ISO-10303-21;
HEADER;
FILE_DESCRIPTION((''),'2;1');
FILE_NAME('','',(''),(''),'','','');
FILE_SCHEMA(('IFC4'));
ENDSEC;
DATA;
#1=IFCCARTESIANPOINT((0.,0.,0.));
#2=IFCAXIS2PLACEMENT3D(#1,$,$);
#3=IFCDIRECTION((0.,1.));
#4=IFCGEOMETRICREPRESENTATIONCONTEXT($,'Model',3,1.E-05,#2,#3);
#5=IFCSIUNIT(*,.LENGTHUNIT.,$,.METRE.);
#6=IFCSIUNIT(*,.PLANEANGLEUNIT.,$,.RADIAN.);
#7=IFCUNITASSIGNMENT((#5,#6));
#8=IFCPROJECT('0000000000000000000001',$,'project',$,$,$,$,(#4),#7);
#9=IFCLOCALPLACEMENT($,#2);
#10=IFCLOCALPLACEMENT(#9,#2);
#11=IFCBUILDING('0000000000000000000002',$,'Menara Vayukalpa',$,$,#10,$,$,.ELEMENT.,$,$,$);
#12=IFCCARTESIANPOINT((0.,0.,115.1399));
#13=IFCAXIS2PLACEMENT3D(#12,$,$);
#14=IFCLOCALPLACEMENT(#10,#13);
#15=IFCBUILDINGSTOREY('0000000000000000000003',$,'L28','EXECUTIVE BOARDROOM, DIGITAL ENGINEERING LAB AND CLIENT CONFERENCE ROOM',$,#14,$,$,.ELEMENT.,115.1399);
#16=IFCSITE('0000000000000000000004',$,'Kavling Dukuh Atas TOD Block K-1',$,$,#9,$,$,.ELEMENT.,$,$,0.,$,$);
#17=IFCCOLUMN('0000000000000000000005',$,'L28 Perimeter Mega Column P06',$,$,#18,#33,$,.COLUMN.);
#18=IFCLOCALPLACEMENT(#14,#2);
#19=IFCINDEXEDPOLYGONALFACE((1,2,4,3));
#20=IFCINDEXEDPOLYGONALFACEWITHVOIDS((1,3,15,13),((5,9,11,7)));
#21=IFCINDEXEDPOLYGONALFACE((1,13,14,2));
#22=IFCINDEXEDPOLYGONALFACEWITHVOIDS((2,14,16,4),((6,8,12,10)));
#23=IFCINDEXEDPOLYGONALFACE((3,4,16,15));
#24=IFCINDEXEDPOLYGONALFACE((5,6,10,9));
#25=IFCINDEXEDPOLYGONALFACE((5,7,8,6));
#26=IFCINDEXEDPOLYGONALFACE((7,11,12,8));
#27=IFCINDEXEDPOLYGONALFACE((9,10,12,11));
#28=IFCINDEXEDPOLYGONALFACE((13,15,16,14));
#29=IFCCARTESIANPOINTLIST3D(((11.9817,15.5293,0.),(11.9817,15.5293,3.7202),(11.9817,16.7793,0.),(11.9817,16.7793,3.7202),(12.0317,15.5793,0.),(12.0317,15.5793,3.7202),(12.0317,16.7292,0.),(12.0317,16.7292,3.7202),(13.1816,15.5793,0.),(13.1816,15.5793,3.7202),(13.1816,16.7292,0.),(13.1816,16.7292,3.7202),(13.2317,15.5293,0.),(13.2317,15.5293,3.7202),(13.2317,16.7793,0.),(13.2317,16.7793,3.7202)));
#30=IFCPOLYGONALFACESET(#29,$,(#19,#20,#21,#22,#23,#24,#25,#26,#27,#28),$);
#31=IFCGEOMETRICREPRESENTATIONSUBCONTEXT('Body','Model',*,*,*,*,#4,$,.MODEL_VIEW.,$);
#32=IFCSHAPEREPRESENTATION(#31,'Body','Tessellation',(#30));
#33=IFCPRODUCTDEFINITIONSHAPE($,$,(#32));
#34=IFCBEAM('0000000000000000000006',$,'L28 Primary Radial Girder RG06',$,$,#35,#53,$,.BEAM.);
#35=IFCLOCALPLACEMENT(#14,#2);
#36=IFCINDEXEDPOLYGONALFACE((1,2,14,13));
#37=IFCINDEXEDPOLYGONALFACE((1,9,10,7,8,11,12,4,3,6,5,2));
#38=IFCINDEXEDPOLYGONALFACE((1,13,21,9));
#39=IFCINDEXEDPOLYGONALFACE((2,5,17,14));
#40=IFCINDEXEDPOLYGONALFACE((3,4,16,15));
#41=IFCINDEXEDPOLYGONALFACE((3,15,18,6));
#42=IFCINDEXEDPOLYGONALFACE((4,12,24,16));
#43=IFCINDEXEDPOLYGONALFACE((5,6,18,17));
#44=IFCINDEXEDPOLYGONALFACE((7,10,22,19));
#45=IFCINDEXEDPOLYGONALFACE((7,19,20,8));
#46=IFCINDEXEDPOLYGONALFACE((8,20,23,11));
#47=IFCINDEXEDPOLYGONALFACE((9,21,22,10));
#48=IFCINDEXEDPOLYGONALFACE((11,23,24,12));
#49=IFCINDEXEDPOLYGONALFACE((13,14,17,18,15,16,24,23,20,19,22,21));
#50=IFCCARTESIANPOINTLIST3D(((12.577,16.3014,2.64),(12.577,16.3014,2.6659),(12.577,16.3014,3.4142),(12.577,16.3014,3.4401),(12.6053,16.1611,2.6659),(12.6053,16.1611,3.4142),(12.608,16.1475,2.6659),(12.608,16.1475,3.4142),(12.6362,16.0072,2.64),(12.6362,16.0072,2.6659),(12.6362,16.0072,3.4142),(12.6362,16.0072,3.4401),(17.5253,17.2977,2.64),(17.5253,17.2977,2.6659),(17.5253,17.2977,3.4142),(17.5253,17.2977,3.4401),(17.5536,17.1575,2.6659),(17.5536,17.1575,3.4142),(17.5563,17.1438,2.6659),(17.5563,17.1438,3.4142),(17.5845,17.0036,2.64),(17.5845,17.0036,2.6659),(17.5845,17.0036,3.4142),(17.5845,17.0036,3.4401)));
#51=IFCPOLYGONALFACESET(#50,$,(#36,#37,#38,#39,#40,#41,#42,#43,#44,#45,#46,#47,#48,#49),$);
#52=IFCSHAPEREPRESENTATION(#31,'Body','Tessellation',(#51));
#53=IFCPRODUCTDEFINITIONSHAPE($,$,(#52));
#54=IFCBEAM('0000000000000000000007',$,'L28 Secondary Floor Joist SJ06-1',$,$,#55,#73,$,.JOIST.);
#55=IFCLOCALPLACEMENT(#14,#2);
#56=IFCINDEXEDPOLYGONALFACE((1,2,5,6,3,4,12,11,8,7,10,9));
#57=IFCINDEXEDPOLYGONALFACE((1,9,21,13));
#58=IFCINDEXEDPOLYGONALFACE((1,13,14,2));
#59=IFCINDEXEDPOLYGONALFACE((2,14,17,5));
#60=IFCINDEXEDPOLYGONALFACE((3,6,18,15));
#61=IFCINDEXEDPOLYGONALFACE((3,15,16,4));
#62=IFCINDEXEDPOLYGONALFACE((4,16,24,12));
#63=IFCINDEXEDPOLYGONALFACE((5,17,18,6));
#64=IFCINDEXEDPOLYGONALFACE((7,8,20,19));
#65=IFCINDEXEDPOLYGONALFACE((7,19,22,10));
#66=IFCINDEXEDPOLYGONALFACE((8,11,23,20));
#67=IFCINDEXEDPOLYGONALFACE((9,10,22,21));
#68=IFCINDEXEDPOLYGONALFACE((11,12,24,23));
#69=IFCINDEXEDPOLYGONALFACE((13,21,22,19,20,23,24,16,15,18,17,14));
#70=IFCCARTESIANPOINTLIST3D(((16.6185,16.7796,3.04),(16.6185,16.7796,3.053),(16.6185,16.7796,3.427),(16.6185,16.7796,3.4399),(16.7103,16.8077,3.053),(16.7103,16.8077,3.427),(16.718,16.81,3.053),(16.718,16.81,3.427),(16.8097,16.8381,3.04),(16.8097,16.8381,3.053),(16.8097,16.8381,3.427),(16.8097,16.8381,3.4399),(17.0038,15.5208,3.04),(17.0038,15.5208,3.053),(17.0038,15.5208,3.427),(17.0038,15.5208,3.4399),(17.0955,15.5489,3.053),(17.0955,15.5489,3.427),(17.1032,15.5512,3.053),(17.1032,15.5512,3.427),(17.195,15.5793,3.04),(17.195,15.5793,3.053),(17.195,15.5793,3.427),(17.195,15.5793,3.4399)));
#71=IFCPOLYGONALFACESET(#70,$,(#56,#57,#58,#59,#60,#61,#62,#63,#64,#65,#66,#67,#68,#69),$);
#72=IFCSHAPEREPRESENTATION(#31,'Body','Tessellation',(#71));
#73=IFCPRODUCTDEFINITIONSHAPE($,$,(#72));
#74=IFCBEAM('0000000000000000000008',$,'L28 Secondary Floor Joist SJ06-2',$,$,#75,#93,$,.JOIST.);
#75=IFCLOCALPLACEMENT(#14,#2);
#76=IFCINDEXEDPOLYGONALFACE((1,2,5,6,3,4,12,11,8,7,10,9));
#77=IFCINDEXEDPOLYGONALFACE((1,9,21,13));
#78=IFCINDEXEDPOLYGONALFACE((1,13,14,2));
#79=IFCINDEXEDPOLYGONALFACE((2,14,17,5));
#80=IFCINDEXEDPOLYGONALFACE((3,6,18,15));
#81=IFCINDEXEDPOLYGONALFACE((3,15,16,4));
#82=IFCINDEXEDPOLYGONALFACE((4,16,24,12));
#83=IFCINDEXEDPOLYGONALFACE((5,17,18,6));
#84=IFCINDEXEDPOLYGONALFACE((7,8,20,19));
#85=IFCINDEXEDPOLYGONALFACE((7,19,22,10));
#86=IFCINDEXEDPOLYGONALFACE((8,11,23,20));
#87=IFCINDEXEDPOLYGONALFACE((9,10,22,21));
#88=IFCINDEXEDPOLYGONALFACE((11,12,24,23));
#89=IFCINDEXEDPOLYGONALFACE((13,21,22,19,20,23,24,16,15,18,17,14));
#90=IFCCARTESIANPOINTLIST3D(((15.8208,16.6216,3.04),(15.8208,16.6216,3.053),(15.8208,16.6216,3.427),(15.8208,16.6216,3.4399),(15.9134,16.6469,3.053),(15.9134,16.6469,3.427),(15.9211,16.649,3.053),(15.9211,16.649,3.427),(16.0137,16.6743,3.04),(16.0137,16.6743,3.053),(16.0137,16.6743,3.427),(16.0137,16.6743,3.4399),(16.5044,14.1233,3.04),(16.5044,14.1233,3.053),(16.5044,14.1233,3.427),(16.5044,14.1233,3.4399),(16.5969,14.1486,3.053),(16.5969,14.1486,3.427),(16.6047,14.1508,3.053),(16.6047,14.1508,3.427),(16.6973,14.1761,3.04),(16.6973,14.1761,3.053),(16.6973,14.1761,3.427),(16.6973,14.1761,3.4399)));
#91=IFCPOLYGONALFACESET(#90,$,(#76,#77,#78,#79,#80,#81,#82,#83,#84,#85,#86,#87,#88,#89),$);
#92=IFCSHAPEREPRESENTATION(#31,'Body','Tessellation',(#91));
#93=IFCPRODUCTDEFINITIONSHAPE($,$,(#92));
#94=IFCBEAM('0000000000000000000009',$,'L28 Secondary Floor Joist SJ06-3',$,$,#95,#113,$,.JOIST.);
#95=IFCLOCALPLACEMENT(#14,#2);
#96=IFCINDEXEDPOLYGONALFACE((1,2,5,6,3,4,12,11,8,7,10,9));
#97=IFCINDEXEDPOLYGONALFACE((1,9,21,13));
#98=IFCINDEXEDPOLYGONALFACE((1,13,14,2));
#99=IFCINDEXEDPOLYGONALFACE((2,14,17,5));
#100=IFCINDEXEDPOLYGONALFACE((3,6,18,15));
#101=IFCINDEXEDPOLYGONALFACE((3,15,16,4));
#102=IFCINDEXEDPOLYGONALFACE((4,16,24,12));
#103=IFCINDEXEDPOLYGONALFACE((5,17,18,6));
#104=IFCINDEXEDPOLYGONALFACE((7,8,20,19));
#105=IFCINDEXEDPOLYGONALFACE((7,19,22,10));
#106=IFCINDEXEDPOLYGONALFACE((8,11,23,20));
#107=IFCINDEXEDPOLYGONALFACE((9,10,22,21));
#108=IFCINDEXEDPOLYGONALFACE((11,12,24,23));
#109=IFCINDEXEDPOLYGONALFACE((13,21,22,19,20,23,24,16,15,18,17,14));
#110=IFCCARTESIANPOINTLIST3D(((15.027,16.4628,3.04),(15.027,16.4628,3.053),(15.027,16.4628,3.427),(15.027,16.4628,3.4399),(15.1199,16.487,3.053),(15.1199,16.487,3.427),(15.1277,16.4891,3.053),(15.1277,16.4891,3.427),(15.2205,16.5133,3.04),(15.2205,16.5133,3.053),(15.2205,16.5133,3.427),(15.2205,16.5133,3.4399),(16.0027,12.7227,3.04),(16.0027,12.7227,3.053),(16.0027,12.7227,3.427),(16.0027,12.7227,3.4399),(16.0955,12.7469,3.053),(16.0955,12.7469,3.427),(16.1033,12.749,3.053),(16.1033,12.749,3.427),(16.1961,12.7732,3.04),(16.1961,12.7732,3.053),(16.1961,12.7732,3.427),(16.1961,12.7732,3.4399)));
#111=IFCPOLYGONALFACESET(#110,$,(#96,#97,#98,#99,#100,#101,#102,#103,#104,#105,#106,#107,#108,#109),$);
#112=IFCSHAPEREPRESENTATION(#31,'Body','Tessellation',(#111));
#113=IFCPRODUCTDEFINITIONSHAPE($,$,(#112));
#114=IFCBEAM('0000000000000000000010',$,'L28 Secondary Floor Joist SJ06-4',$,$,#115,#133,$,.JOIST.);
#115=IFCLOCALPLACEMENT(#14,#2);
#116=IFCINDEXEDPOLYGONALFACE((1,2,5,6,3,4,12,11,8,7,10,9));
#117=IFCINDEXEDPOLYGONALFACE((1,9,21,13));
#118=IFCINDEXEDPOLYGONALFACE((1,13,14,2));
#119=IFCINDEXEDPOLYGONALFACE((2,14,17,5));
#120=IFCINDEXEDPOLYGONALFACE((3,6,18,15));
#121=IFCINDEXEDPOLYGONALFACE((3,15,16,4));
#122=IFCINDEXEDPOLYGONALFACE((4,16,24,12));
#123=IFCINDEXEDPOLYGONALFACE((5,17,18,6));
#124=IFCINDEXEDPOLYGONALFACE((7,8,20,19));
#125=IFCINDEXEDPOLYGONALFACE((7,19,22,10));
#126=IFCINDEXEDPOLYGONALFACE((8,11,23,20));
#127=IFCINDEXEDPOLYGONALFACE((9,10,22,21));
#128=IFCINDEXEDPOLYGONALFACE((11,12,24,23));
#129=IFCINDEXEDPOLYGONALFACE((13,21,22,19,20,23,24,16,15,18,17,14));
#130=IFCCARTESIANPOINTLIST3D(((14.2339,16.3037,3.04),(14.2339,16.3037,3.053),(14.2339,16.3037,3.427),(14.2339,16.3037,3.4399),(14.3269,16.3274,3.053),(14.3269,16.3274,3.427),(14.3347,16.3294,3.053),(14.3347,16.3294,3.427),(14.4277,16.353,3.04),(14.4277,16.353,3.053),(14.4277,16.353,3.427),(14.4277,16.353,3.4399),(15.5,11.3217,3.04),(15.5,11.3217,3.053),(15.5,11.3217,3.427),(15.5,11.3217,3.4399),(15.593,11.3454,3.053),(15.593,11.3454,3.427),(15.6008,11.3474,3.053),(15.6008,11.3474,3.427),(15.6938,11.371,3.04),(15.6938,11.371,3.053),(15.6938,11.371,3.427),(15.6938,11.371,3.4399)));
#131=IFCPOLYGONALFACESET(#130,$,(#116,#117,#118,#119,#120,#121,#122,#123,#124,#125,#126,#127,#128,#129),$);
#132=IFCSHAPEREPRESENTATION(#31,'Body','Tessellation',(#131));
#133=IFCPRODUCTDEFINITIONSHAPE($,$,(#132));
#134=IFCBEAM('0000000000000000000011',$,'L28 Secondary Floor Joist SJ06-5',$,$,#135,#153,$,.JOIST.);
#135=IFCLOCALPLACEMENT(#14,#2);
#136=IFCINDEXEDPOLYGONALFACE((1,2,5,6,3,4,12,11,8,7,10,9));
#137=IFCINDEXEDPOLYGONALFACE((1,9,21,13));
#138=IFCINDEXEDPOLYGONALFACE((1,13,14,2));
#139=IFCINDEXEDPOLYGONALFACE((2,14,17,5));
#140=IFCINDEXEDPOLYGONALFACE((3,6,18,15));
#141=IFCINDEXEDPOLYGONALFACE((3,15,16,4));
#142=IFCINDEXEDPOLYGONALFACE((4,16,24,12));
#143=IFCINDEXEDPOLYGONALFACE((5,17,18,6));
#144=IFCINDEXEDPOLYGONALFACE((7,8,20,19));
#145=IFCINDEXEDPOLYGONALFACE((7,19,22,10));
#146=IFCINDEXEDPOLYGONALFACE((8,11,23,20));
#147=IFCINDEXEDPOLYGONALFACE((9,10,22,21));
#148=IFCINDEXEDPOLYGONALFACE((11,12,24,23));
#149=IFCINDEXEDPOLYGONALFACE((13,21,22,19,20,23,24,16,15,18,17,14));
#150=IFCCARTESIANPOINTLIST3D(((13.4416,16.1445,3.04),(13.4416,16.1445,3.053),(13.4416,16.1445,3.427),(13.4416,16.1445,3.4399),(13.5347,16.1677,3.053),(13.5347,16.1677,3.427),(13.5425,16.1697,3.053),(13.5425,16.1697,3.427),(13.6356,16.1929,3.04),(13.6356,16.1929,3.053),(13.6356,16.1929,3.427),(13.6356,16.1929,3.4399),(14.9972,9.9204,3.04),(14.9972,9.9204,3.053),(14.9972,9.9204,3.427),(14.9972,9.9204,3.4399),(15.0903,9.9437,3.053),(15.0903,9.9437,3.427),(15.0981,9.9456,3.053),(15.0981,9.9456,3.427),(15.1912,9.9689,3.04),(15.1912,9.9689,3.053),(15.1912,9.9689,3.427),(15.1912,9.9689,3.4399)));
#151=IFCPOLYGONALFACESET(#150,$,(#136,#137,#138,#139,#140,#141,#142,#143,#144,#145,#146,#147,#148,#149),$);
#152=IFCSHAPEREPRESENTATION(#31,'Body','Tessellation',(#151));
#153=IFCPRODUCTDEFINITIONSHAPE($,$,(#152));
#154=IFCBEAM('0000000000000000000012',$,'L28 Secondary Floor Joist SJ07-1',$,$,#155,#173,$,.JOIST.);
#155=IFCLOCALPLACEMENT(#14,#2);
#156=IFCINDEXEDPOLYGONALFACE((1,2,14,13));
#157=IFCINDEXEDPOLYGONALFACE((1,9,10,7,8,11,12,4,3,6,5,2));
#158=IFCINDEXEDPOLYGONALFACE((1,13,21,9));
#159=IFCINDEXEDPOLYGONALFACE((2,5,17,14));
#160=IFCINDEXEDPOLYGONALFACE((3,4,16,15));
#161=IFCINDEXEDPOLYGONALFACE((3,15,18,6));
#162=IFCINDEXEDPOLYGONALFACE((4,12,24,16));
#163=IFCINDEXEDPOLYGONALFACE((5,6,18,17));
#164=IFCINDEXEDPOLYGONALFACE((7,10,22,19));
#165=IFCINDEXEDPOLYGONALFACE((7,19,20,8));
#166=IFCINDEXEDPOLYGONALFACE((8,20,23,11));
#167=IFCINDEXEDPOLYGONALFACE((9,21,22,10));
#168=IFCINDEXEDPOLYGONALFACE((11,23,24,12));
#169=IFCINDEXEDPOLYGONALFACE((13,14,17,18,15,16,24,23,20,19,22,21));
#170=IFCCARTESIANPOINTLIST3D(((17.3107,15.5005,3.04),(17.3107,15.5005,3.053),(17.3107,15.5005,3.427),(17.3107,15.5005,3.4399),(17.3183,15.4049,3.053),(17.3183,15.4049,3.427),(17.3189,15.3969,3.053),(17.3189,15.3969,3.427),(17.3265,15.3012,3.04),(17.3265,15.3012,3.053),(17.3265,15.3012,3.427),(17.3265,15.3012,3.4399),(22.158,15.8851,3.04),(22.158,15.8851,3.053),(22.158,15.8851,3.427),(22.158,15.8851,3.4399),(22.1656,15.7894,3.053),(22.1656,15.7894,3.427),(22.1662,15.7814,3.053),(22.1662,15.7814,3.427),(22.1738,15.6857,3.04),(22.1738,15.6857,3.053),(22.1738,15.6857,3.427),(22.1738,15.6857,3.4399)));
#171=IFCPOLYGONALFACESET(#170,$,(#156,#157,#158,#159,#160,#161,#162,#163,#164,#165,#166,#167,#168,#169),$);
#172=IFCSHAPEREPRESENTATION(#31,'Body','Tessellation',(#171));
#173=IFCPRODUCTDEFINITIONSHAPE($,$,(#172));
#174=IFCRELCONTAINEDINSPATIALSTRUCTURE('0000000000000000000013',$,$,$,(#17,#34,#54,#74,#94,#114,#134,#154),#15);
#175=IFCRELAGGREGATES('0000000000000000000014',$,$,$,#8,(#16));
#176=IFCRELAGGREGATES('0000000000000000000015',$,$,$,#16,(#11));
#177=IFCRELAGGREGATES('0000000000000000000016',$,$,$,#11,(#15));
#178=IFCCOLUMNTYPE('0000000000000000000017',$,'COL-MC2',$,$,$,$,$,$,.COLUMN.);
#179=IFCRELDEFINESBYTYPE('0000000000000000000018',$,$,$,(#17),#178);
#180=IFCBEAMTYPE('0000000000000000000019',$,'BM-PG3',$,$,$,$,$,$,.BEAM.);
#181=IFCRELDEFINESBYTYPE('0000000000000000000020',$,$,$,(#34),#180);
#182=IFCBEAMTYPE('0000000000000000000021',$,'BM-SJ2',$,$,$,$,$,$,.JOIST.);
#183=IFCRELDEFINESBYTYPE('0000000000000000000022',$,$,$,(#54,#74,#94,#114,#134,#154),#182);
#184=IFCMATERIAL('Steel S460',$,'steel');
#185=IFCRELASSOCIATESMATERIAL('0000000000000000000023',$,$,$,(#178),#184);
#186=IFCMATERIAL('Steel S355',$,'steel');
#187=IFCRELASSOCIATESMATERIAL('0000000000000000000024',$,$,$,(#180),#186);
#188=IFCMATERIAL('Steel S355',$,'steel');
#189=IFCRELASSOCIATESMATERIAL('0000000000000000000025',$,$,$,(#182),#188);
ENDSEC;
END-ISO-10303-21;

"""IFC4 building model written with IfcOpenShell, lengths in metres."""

from ifc_helpers import new_model, si_unit, direction, frame, origin, origin_2d, place, context, subcontext, project, spatial, hollow_rectangle, i_section, extrude, material, material_profile, profile_set, type_object, element, save


model = new_model("IFC4")

# Units and contexts
model_context = context("Model", 3, precision=1e-05, world=origin(), true_north=direction((0.0, 1.0)))
body_context = subcontext(model_context, "Body", "Model", "MODEL_VIEW")
ifc_project = project(units=[si_unit("LENGTHUNIT", "METRE"), si_unit("PLANEANGLEUNIT", "RADIAN")], contexts=[model_context])

# Site, building, storey
site_placement = place(None, origin())
site = spatial("IfcSite", under=ifc_project, at=site_placement, Name="Kavling Dukuh Atas TOD Block K-1", CompositionType="ELEMENT", RefElevation=0.0)
building_placement = place(site_placement, origin())
building = spatial("IfcBuilding", under=site, at=building_placement, Name="Menara Vayukalpa", CompositionType="ELEMENT")
storey_placement = place(building_placement, frame((0.0, 0.0, 115.1399)))
storey = spatial("IfcBuildingStorey", under=building, at=storey_placement, Name="L28", Description="EXECUTIVE BOARDROOM, DIGITAL ENGINEERING LAB AND CLIENT CONFERENCE ROOM", CompositionType="ELEMENT", Elevation=115.1399)

# Column
ifc_material_1 = material(Name="Steel S460", Category="steel")
ifc_material_profile_1 = material_profile(ifc_material_1, hollow_rectangle(XDim=1.25, YDim=1.25, WallThickness=0.05, at=origin_2d()), Name="BOX 1250x1250x50")
ifc_profile_set_1 = profile_set([ifc_material_profile_1], Name="Steel S460")
column_type = type_object("IfcColumnType", Name="COL-MC2", PredefinedType="COLUMN", material=ifc_profile_set_1)
column_placement = place(storey_placement, frame((12.6067, 16.1543, 0.0), z_axis=(0.0, 0.0, 1.0), x_axis=(1.0, 0.0, 0.0)))
element("IfcColumn", 1, at=column_placement, inside=storey, type_object=column_type, Name="L28 Perimeter Mega Column P06", PredefinedType="COLUMN", context=body_context, shape_type="SweptSolid", body=[
    extrude(hollow_rectangle(XDim=1.25, YDim=1.25, WallThickness=0.05, at=origin_2d()), origin(), (0.0, 0.0, 1.0), 3.7202),
])

# Beams
ifc_material_2 = material(Name="Steel S355", Category="steel")
ifc_material_profile_2 = material_profile(ifc_material_2, i_section(OverallWidth=0.3, OverallDepth=0.8, WebThickness=0.0139, FlangeThickness=0.0259, at=origin_2d()), Name="WF 800x300x14x26")
ifc_profile_set_2 = profile_set([ifc_material_profile_2], Name="Steel S355")
beam_type_1 = type_object("IfcBeamType", Name="BM-PG3", PredefinedType="BEAM", material=ifc_profile_set_2)
beam_1_placement = place(storey_placement, frame((17.5549, 17.1506, 3.04), z_axis=(-0.980325, -0.19739, 0.0), x_axis=(0.19739, -0.980325, 0.0)))
element("IfcBeam", 2, at=beam_1_placement, inside=storey, type_object=beam_type_1, Name="L28 Primary Radial Girder RG06", PredefinedType="BEAM", context=body_context, shape_type="SweptSolid", body=[
    extrude(i_section(OverallWidth=0.3, OverallDepth=0.8, WebThickness=0.0139, FlangeThickness=0.0259, at=origin_2d()), origin(), (0.0, 0.0, 1.0), 5.0476),
])
ifc_material_3 = material(Name="Steel S355", Category="steel")
ifc_material_profile_3 = material_profile(ifc_material_3, i_section(OverallWidth=0.2, OverallDepth=0.3999, WebThickness=0.0081, FlangeThickness=0.0129, at=origin_2d()), Name="WF 400x200x8x13")
ifc_profile_set_3 = profile_set([ifc_material_profile_3], Name="Steel S355")
beam_type_2 = type_object("IfcBeamType", Name="BM-SJ2", PredefinedType="JOIST", material=ifc_profile_set_3)
beam_2_placement = place(storey_placement, frame((16.7141, 16.8088, 3.24), z_axis=(0.292652, -0.956219, 0.0), x_axis=(0.956219, 0.292652, 0.0)))
element("IfcBeam", 3, at=beam_2_placement, inside=storey, type_object=beam_type_2, Name="L28 Secondary Floor Joist SJ06-1", PredefinedType="JOIST", context=body_context, shape_type="SweptSolid", body=[
    extrude(i_section(OverallWidth=0.2, OverallDepth=0.3999, WebThickness=0.0081, FlangeThickness=0.0129, at=origin_2d()), origin(), (0.0, 0.0, 1.0), 1.3164),
])
beam_3_placement = place(storey_placement, frame((15.9172, 16.6479, 3.24), z_axis=(0.263923, -0.964544, 0.0), x_axis=(0.964544, 0.263923, 0.0)))
element("IfcBeam", 4, at=beam_3_placement, inside=storey, type_object=beam_type_2, Name="L28 Secondary Floor Joist SJ06-2", PredefinedType="JOIST", context=body_context, shape_type="SweptSolid", body=[
    extrude(i_section(OverallWidth=0.2, OverallDepth=0.3999, WebThickness=0.0081, FlangeThickness=0.0129, at=origin_2d()), origin(), (0.0, 0.0, 1.0), 2.5901),
])
beam_4_placement = place(storey_placement, frame((15.1238, 16.488, 3.24), z_axis=(0.252406, -0.967621, 0.0), x_axis=(0.967621, 0.252406, 0.0)))
element("IfcBeam", 5, at=beam_4_placement, inside=storey, type_object=beam_type_2, Name="L28 Secondary Floor Joist SJ06-3", PredefinedType="JOIST", context=body_context, shape_type="SweptSolid", body=[
    extrude(i_section(OverallWidth=0.2, OverallDepth=0.3999, WebThickness=0.0081, FlangeThickness=0.0129, at=origin_2d()), origin(), (0.0, 0.0, 1.0), 3.8652),
])
beam_5_placement = place(storey_placement, frame((14.3308, 16.3284, 3.24), z_axis=(0.246311, -0.969191, 0.0), x_axis=(0.969191, 0.246311, 0.0)))
element("IfcBeam", 6, at=beam_5_placement, inside=storey, type_object=beam_type_2, Name="L28 Secondary Floor Joist SJ06-4", PredefinedType="JOIST", context=body_context, shape_type="SweptSolid", body=[
    extrude(i_section(OverallWidth=0.2, OverallDepth=0.3999, WebThickness=0.0081, FlangeThickness=0.0129, at=origin_2d()), origin(), (0.0, 0.0, 1.0), 5.1404),
])
beam_6_placement = place(storey_placement, frame((13.5386, 16.1687, 3.24), z_axis=(0.242482, -0.970156, 0.0), x_axis=(0.970156, 0.242482, 0.0)))
element("IfcBeam", 7, at=beam_6_placement, inside=storey, type_object=beam_type_2, Name="L28 Secondary Floor Joist SJ06-5", PredefinedType="JOIST", context=body_context, shape_type="SweptSolid", body=[
    extrude(i_section(OverallWidth=0.2, OverallDepth=0.3999, WebThickness=0.0081, FlangeThickness=0.0129, at=origin_2d()), origin(), (0.0, 0.0, 1.0), 6.4155),
])
beam_7_placement = place(storey_placement, frame((17.3186, 15.4009, 3.24), z_axis=(0.996869, 0.079077, 0.0), x_axis=(-0.079077, 0.996869, 0.0)))
element("IfcBeam", 8, at=beam_7_placement, inside=storey, type_object=beam_type_2, Name="L28 Secondary Floor Joist SJ07-1", PredefinedType="JOIST", context=body_context, shape_type="SweptSolid", body=[
    extrude(i_section(OverallWidth=0.2, OverallDepth=0.3999, WebThickness=0.0081, FlangeThickness=0.0129, at=origin_2d()), origin(), (0.0, 0.0, 1.0), 4.8625),
])

save(model, "model.ifc")
